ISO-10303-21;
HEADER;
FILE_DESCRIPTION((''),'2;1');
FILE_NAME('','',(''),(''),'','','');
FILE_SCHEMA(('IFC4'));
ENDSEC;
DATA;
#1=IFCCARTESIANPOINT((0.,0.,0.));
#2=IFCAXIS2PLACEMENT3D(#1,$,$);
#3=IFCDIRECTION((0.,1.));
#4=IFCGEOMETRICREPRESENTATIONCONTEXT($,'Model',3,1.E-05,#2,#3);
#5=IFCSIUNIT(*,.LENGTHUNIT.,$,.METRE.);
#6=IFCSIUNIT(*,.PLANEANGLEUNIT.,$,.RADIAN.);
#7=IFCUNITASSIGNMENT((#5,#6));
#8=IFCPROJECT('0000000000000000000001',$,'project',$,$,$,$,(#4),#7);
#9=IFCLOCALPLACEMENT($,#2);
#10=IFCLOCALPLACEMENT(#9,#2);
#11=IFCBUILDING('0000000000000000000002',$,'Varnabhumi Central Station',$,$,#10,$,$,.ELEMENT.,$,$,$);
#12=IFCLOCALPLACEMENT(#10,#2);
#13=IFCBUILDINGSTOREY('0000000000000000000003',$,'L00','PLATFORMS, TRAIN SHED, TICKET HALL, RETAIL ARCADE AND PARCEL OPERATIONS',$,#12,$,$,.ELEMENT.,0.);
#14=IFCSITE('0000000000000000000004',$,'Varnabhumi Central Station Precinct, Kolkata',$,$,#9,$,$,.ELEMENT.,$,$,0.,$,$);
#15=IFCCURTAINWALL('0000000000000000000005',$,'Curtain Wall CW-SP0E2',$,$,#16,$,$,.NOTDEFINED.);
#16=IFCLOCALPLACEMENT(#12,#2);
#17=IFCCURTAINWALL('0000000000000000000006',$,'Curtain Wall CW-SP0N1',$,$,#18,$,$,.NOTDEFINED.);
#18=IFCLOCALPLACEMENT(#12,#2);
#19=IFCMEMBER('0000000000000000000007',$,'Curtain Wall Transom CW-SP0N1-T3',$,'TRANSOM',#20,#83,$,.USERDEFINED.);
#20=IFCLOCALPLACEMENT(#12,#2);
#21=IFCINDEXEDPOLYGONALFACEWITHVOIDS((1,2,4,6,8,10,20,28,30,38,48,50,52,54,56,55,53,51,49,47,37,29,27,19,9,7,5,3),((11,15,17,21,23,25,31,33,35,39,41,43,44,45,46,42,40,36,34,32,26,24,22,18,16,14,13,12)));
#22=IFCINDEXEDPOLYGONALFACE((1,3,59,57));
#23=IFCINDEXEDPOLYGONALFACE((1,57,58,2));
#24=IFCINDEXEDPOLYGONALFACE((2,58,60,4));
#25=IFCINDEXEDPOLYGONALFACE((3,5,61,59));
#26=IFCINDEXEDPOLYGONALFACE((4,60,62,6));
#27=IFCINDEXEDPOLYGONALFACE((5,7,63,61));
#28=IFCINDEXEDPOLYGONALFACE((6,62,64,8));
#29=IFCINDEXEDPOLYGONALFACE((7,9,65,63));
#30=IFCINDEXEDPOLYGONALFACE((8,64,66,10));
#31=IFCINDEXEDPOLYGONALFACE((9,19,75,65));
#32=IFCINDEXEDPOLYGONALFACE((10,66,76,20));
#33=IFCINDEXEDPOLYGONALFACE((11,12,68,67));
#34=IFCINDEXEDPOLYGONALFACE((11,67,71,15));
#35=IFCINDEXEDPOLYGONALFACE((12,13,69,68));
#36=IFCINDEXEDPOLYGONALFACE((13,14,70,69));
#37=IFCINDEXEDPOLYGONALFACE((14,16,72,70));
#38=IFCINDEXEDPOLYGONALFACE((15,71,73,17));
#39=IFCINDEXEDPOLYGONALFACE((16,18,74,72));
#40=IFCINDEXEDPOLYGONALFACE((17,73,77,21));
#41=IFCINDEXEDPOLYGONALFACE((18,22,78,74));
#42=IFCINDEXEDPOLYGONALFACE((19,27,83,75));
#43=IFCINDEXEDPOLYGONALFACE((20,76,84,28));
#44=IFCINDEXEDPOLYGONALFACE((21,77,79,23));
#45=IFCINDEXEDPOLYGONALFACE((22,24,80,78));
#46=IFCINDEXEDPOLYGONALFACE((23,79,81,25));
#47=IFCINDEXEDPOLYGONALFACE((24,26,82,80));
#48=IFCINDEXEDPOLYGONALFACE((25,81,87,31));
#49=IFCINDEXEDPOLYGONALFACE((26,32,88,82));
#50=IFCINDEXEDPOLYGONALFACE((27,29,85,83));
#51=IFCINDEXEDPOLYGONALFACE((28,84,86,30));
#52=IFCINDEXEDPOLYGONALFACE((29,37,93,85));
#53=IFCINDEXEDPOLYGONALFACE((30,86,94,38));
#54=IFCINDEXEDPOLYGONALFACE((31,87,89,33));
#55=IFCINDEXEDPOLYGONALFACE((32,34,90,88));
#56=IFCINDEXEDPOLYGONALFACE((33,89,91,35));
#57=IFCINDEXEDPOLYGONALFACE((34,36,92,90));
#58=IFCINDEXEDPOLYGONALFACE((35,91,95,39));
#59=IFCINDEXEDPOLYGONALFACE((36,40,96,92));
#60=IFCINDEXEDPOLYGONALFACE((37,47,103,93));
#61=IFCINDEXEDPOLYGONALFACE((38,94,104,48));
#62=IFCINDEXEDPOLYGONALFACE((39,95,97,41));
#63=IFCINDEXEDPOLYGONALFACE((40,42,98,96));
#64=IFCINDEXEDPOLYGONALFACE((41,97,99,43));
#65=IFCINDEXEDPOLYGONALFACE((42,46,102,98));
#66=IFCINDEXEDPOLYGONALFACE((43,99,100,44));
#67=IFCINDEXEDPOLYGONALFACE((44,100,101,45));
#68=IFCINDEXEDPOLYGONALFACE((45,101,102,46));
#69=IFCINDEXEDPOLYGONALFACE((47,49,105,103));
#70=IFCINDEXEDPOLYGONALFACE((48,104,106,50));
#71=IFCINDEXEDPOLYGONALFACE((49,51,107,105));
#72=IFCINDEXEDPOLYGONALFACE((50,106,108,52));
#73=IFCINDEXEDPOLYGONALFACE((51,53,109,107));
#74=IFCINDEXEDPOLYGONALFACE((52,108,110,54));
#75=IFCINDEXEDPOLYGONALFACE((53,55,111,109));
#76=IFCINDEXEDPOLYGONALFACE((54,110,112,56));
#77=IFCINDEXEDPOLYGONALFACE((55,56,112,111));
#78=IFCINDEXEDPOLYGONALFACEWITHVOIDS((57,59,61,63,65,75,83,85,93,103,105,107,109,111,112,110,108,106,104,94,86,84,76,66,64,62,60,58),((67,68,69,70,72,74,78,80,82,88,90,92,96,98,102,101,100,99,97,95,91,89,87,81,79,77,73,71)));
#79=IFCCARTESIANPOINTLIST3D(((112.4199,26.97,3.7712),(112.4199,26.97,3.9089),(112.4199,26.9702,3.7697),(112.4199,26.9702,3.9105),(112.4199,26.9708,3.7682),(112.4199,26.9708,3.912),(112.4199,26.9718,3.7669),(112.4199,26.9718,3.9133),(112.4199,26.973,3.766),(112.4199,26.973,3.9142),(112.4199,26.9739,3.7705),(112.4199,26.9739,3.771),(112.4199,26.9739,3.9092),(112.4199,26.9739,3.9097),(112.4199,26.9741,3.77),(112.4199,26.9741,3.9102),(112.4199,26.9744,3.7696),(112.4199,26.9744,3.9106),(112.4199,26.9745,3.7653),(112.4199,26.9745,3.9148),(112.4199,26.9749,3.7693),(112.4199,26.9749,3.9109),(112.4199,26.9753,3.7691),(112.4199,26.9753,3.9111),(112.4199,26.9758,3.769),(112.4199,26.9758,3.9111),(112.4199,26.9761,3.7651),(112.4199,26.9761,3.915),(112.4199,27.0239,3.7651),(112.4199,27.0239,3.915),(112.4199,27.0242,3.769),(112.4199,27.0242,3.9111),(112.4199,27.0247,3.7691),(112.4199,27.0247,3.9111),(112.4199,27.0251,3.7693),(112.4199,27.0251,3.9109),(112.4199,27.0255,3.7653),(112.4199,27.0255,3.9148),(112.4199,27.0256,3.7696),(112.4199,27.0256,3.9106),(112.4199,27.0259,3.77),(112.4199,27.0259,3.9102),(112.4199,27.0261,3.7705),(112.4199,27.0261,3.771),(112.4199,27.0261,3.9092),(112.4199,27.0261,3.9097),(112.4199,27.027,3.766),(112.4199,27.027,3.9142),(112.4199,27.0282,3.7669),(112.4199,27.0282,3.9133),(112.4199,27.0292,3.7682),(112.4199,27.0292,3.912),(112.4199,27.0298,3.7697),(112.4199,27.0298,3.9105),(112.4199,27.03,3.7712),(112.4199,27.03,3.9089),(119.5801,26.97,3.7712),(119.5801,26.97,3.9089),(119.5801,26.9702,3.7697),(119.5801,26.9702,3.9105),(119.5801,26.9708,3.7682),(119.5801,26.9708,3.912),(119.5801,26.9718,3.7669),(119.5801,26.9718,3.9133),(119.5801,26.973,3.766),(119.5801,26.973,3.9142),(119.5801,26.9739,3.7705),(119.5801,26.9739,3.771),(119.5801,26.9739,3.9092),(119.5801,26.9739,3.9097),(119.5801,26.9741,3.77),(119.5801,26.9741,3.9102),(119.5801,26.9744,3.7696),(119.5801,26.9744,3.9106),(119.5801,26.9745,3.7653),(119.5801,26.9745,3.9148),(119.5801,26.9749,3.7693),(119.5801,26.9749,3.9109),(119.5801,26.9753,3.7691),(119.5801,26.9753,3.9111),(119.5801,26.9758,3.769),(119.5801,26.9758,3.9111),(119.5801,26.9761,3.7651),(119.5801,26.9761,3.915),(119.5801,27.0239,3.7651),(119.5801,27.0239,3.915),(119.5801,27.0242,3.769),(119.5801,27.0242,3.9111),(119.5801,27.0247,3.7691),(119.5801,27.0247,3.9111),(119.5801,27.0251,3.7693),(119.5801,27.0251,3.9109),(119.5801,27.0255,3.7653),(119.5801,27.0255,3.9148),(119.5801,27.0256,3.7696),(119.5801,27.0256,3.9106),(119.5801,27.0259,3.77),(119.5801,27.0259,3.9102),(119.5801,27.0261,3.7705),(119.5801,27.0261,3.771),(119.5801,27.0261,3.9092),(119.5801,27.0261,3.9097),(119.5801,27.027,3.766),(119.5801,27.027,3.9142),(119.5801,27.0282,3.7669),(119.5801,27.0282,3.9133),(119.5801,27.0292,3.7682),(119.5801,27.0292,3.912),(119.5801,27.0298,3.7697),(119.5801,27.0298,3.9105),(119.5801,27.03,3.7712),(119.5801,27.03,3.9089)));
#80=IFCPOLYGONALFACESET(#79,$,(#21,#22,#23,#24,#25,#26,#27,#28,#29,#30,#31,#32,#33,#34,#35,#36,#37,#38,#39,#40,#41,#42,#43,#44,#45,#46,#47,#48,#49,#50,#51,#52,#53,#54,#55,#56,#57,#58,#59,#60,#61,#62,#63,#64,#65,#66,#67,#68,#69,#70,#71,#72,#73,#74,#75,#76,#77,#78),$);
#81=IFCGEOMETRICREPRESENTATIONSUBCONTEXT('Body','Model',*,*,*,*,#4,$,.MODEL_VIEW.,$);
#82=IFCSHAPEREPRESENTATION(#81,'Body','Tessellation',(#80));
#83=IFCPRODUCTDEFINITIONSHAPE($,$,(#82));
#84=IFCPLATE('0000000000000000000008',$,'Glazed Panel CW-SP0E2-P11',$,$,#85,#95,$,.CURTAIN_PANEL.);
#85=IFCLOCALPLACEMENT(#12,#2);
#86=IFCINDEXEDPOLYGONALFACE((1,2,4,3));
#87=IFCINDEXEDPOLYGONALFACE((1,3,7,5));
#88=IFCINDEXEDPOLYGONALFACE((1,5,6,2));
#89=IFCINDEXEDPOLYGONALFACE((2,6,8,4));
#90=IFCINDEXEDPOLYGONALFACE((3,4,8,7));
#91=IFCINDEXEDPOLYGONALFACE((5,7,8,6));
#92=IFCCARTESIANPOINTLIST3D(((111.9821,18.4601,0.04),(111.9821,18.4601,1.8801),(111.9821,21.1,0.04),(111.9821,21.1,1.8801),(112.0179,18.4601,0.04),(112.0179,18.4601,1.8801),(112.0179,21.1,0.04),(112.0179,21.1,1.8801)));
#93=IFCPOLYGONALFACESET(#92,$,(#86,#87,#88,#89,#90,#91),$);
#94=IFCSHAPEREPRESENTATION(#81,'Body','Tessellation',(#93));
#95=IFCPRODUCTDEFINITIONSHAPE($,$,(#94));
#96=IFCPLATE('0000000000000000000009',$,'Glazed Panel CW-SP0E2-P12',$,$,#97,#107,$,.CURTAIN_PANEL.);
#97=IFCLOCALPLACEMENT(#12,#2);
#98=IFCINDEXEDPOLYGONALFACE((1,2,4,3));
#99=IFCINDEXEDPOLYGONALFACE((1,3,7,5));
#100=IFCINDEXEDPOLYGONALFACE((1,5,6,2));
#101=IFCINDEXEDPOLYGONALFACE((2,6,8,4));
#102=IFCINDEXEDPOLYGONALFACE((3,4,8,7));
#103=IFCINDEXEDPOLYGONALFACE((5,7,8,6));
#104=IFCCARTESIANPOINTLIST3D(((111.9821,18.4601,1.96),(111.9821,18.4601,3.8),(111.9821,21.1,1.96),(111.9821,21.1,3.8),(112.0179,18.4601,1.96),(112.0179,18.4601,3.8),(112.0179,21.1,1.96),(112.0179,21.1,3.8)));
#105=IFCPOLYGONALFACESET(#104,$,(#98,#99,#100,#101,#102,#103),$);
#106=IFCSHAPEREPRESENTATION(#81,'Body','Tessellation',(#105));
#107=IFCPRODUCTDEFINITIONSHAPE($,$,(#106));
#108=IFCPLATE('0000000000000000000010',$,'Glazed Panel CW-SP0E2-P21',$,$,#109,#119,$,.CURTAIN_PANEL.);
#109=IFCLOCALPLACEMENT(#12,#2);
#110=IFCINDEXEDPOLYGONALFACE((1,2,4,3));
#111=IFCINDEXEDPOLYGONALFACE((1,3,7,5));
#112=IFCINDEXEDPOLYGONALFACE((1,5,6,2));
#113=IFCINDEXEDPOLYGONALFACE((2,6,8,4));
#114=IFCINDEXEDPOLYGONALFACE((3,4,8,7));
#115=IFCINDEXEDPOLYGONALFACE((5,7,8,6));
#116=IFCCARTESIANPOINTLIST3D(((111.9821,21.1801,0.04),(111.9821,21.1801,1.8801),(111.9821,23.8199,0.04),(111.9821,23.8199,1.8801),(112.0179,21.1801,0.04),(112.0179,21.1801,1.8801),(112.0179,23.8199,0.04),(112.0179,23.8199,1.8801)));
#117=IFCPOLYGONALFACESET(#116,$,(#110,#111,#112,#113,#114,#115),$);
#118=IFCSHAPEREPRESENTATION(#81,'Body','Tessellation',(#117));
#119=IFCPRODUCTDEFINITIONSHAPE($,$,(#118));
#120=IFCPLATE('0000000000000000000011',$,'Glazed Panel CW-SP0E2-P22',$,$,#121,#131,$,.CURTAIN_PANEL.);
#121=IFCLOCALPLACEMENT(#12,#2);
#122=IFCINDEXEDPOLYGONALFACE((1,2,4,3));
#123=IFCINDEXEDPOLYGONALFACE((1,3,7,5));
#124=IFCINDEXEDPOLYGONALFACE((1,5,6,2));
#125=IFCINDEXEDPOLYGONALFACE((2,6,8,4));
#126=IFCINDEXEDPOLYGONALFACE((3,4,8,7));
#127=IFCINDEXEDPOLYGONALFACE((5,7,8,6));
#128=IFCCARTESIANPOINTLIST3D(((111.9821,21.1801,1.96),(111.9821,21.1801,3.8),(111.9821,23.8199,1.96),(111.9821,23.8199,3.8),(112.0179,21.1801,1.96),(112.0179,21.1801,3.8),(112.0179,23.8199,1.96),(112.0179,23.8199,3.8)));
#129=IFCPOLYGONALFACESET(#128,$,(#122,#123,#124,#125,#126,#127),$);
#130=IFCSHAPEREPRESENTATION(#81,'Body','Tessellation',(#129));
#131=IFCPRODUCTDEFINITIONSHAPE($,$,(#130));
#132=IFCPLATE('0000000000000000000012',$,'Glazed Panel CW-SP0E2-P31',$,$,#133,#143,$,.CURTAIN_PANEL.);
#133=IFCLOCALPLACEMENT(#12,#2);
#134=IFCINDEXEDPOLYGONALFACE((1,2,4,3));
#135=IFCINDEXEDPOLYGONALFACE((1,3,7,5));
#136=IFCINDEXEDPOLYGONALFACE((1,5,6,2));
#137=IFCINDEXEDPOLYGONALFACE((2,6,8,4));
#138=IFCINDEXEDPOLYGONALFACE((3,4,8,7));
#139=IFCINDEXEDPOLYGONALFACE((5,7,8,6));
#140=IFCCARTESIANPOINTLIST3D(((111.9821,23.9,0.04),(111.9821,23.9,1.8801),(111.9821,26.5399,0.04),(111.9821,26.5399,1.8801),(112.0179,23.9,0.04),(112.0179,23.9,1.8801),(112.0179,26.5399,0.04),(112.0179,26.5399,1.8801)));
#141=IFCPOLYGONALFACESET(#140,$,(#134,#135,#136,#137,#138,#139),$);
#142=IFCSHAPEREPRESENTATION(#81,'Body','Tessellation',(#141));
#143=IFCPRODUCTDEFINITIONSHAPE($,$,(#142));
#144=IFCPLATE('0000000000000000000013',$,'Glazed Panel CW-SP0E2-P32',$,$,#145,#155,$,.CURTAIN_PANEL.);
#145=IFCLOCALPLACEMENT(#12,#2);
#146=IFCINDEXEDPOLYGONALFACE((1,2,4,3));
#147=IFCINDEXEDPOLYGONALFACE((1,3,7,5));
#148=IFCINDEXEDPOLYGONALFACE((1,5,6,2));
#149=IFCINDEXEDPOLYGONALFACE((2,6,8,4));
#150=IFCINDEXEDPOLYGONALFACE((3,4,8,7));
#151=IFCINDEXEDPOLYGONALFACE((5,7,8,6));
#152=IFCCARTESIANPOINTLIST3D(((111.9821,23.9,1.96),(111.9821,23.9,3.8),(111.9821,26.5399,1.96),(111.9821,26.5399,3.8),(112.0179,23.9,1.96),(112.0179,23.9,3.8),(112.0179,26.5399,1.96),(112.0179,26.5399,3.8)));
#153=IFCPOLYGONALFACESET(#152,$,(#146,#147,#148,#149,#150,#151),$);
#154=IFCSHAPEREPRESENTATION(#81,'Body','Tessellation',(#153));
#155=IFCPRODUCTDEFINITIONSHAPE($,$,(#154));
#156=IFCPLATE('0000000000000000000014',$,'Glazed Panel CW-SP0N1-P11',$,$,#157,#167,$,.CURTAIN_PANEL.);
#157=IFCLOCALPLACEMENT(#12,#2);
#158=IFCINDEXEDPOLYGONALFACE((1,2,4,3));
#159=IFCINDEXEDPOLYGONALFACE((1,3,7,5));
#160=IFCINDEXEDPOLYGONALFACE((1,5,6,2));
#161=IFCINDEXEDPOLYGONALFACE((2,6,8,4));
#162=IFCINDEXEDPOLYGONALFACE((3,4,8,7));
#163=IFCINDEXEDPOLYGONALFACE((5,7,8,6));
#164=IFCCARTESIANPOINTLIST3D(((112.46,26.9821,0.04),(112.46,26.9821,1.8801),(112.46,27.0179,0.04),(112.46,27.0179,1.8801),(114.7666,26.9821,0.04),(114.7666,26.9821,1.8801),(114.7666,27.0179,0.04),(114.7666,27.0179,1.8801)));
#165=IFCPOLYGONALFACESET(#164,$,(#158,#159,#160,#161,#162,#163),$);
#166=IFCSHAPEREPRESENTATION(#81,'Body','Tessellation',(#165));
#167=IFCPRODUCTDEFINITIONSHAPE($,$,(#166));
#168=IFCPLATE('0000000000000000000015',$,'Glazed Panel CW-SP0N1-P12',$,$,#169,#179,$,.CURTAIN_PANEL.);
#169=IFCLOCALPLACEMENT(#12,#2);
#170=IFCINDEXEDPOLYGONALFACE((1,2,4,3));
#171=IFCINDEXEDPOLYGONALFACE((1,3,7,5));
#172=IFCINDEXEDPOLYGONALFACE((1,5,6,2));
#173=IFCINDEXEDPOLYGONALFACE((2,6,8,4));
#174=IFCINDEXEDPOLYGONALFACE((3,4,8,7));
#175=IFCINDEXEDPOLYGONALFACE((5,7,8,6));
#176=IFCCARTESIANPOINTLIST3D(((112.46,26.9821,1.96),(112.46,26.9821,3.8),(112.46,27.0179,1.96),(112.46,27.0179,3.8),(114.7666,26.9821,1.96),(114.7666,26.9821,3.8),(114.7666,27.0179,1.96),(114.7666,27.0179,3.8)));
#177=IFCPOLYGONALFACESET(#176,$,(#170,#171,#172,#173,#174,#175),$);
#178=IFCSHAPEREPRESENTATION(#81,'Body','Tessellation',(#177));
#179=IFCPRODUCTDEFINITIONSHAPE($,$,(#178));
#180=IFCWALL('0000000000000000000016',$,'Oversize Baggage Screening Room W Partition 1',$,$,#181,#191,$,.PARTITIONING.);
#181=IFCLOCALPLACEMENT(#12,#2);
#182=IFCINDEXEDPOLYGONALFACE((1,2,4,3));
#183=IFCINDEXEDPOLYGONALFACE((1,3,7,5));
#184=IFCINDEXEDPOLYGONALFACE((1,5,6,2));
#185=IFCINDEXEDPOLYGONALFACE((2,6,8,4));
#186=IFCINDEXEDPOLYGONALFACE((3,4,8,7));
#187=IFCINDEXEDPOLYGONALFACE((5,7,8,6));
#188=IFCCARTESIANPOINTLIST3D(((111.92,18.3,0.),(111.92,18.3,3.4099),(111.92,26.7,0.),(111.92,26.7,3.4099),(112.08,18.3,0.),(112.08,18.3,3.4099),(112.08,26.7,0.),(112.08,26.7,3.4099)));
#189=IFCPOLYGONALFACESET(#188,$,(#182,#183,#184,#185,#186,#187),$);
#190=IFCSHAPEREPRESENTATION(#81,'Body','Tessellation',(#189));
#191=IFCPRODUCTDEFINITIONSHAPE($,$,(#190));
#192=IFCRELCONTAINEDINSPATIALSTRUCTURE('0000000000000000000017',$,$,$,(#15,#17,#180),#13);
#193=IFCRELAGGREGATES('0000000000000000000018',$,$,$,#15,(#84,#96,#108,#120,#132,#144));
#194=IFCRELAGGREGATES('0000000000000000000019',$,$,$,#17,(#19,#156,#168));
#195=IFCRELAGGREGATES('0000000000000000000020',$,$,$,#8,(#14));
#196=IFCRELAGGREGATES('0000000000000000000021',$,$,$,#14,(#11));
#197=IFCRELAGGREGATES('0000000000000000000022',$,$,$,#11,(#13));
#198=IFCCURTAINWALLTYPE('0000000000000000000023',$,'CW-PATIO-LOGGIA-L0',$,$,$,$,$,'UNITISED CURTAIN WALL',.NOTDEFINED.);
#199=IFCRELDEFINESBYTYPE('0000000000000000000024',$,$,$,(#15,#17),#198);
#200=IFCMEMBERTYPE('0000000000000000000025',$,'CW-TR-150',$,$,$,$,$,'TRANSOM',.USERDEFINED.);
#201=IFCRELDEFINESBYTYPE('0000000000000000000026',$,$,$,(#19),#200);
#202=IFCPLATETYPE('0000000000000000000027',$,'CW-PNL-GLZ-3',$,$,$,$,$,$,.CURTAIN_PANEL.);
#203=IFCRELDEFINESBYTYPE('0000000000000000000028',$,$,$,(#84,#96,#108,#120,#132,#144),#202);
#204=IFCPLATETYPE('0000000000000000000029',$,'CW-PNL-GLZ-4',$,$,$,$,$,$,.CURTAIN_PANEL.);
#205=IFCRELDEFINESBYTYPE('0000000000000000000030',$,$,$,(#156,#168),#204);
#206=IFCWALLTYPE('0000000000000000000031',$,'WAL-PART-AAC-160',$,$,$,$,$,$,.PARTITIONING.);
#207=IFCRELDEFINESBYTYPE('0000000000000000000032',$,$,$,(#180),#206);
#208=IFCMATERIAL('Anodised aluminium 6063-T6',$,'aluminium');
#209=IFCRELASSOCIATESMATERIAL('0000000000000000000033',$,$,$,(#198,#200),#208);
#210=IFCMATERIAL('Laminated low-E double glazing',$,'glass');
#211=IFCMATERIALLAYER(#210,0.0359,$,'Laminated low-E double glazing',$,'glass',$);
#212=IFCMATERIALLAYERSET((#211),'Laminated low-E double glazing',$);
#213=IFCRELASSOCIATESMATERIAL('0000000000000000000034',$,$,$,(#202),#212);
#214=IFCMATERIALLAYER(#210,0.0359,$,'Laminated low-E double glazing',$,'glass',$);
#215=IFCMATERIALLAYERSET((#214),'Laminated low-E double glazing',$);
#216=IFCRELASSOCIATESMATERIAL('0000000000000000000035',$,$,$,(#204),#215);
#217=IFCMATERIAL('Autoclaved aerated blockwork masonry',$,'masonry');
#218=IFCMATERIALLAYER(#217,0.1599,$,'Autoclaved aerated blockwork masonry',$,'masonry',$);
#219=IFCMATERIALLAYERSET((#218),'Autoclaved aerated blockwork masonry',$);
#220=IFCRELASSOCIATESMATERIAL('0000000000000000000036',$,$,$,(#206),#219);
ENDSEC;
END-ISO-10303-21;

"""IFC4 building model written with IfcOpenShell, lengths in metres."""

from ifc_helpers import new_model, si_unit, direction, frame, frame_2d, origin, origin_2d, place, context, subcontext, project, spatial, rectangle, hollow_rectangle, extrude, material, layer, layer_set, material_profile, profile_set, type_object, element, aggregate, save


model = new_model("IFC4")

# Units and contexts
model_context = context("Model", 3, precision=1e-05, world=origin(), true_north=direction((0.0, 1.0)))
body_context = subcontext(model_context, "Body", "Model", "MODEL_VIEW")
ifc_project = project(units=[si_unit("LENGTHUNIT", "METRE"), si_unit("PLANEANGLEUNIT", "RADIAN")], contexts=[model_context])

# Site, building, storey
site_placement = place(None, origin())
site = spatial("IfcSite", under=ifc_project, at=site_placement, Name="Varnabhumi Central Station Precinct, Kolkata", CompositionType="ELEMENT", RefElevation=0.0)
building_placement = place(site_placement, origin())
building = spatial("IfcBuilding", under=site, at=building_placement, Name="Varnabhumi Central Station", CompositionType="ELEMENT")
storey_placement = place(building_placement, origin())
storey = spatial("IfcBuildingStorey", under=building, at=storey_placement, Name="L00", Description="PLATFORMS, TRAIN SHED, TICKET HALL, RETAIL ARCADE AND PARCEL OPERATIONS", CompositionType="ELEMENT", Elevation=0.0)

# Curtain wall
ifc_material_1 = material(Name="Anodised aluminium 6063-T6", Category="aluminium")
curtain_wall_type = type_object("IfcCurtainWallType", Name="CW-PATIO-LOGGIA-L0", ElementType="UNITISED CURTAIN WALL", PredefinedType="NOTDEFINED", material=ifc_material_1)
curtain_wall_1_placement = place(storey_placement, origin())
curtain_wall_1 = element("IfcCurtainWall", 1, at=curtain_wall_1_placement, inside=storey, type_object=curtain_wall_type, Name="Curtain Wall CW-SP0E2", PredefinedType="NOTDEFINED")

# Curtain wall
curtain_wall_2_placement = place(storey_placement, origin())
curtain_wall_2 = element("IfcCurtainWall", 2, at=curtain_wall_2_placement, inside=storey, type_object=curtain_wall_type, Name="Curtain Wall CW-SP0N1", PredefinedType="NOTDEFINED")

# Member
ifc_material_profile_1 = material_profile(ifc_material_1, hollow_rectangle(XDim=0.0601, YDim=0.1499, WallThickness=0.0039, InnerFilletRadius=0.002, OuterFilletRadius=0.0061, at=origin_2d()), Name="Anodised aluminium 6063-T6", Category="aluminium")
ifc_profile_set_1 = profile_set([ifc_material_profile_1], Name="Anodised aluminium 6063-T6")
member_type_1 = type_object("IfcMemberType", Name="CW-TR-150", ElementType="TRANSOM", PredefinedType="USERDEFINED", material=ifc_profile_set_1)
member_1_placement = place(storey_placement, frame((112.4199, 27.0, 3.8401), z_axis=(1.0, 0.0, 0.0), x_axis=(0.0, 1.0, 0.0)))
member_1 = element("IfcMember", 3, at=member_1_placement, type_object=member_type_1, Name="Curtain Wall Transom CW-SP0N1-T3", ObjectType="TRANSOM", PredefinedType="USERDEFINED", context=body_context, shape_type="SweptSolid", body=[
    extrude(hollow_rectangle(XDim=0.0601, YDim=0.1499, WallThickness=0.0039, InnerFilletRadius=0.002, OuterFilletRadius=0.0061, at=origin_2d()), origin(), (0.0, 0.0, 1.0), 7.1602),
])

# Plates
ifc_material_2 = material(Name="Laminated low-E double glazing", Category="glass")
ifc_layer_1 = layer(ifc_material_2, 0.0359, Name="Laminated low-E double glazing", Category="glass")
ifc_layer_set_1 = layer_set([ifc_layer_1], Name="Laminated low-E double glazing")
plate_type_1 = type_object("IfcPlateType", Name="CW-PNL-GLZ-3", PredefinedType="CURTAIN_PANEL", material=ifc_layer_set_1)
plate_1_placement = place(storey_placement, frame((112.0, 19.78, 0.04), z_axis=(0.0, 0.0, 1.0), x_axis=(0.0, 1.0, 0.0)))
plate_1 = element("IfcPlate", 4, at=plate_1_placement, type_object=plate_type_1, Name="Glazed Panel CW-SP0E2-P11", PredefinedType="CURTAIN_PANEL", context=body_context, shape_type="SweptSolid", body=[
    extrude(rectangle(XDim=2.6399, YDim=0.0359, at=origin_2d()), origin(), (0.0, 0.0, 1.0), 1.8401),
])
plate_2_placement = place(storey_placement, frame((112.0, 19.78, 1.96), z_axis=(0.0, 0.0, 1.0), x_axis=(0.0, 1.0, 0.0)))
plate_2 = element("IfcPlate", 5, at=plate_2_placement, type_object=plate_type_1, Name="Glazed Panel CW-SP0E2-P12", PredefinedType="CURTAIN_PANEL", context=body_context, shape_type="SweptSolid", body=[
    extrude(rectangle(XDim=2.6399, YDim=0.0359, at=origin_2d()), origin(), (0.0, 0.0, 1.0), 1.8401),
])
plate_3_placement = place(storey_placement, frame((112.0, 22.5, 0.04), z_axis=(0.0, 0.0, 1.0), x_axis=(0.0, 1.0, 0.0)))
plate_3 = element("IfcPlate", 6, at=plate_3_placement, type_object=plate_type_1, Name="Glazed Panel CW-SP0E2-P21", PredefinedType="CURTAIN_PANEL", context=body_context, shape_type="SweptSolid", body=[
    extrude(rectangle(XDim=2.6399, YDim=0.0359, at=origin_2d()), origin(), (0.0, 0.0, 1.0), 1.8401),
])
plate_4_placement = place(storey_placement, frame((112.0, 22.5, 1.96), z_axis=(0.0, 0.0, 1.0), x_axis=(0.0, 1.0, 0.0)))
plate_4 = element("IfcPlate", 7, at=plate_4_placement, type_object=plate_type_1, Name="Glazed Panel CW-SP0E2-P22", PredefinedType="CURTAIN_PANEL", context=body_context, shape_type="SweptSolid", body=[
    extrude(rectangle(XDim=2.6399, YDim=0.0359, at=origin_2d()), origin(), (0.0, 0.0, 1.0), 1.8401),
])
plate_5_placement = place(storey_placement, frame((112.0, 25.22, 0.04), z_axis=(0.0, 0.0, 1.0), x_axis=(0.0, 1.0, 0.0)))
plate_5 = element("IfcPlate", 8, at=plate_5_placement, type_object=plate_type_1, Name="Glazed Panel CW-SP0E2-P31", PredefinedType="CURTAIN_PANEL", context=body_context, shape_type="SweptSolid", body=[
    extrude(rectangle(XDim=2.6399, YDim=0.0359, at=origin_2d()), origin(), (0.0, 0.0, 1.0), 1.8401),
])
plate_6_placement = place(storey_placement, frame((112.0, 25.22, 1.96), z_axis=(0.0, 0.0, 1.0), x_axis=(0.0, 1.0, 0.0)))
plate_6 = element("IfcPlate", 9, at=plate_6_placement, type_object=plate_type_1, Name="Glazed Panel CW-SP0E2-P32", PredefinedType="CURTAIN_PANEL", context=body_context, shape_type="SweptSolid", body=[
    extrude(rectangle(XDim=2.6399, YDim=0.0359, at=origin_2d()), origin(), (0.0, 0.0, 1.0), 1.8401),
])
aggregate(curtain_wall_1, [plate_1, plate_2, plate_3, plate_4, plate_5, plate_6])
ifc_layer_2 = layer(ifc_material_2, 0.0359, Name="Laminated low-E double glazing", Category="glass")
ifc_layer_set_2 = layer_set([ifc_layer_2], Name="Laminated low-E double glazing")
plate_type_2 = type_object("IfcPlateType", Name="CW-PNL-GLZ-4", PredefinedType="CURTAIN_PANEL", material=ifc_layer_set_2)
plate_7_placement = place(storey_placement, frame((113.6133, 27.0, 0.04), z_axis=(0.0, 0.0, 1.0), x_axis=(1.0, 0.0, 0.0)))
plate_7 = element("IfcPlate", 10, at=plate_7_placement, type_object=plate_type_2, Name="Glazed Panel CW-SP0N1-P11", PredefinedType="CURTAIN_PANEL", context=body_context, shape_type="SweptSolid", body=[
    extrude(rectangle(XDim=2.3066, YDim=0.0359, at=origin_2d()), origin(), (0.0, 0.0, 1.0), 1.8401),
])
plate_8_placement = place(storey_placement, frame((113.6133, 27.0, 1.96), z_axis=(0.0, 0.0, 1.0), x_axis=(1.0, 0.0, 0.0)))
plate_8 = element("IfcPlate", 11, at=plate_8_placement, type_object=plate_type_2, Name="Glazed Panel CW-SP0N1-P12", PredefinedType="CURTAIN_PANEL", context=body_context, shape_type="SweptSolid", body=[
    extrude(rectangle(XDim=2.3066, YDim=0.0359, at=origin_2d()), origin(), (0.0, 0.0, 1.0), 1.8401),
])
aggregate(curtain_wall_2, [member_1, plate_7, plate_8])

# Wall
ifc_material_3 = material(Name="Autoclaved aerated blockwork masonry", Category="masonry")
ifc_layer_3 = layer(ifc_material_3, 0.1599, Name="Autoclaved aerated blockwork masonry", Category="masonry")
ifc_layer_set_3 = layer_set([ifc_layer_3], Name="Autoclaved aerated blockwork masonry")
wall_type = type_object("IfcWallType", Name="WAL-PART-AAC-160", PredefinedType="PARTITIONING", material=ifc_layer_set_3)
wall_placement = place(storey_placement, frame((112.0, 18.3, 0.0), z_axis=(0.0, 0.0, 1.0), x_axis=(0.0, 1.0, 0.0)))
element("IfcWall", 12, at=wall_placement, inside=storey, type_object=wall_type, Name="Oversize Baggage Screening Room W Partition 1", PredefinedType="PARTITIONING", context=body_context, shape_type="SweptSolid", body=[
    extrude(rectangle(XDim=8.3999, YDim=0.1599, at=frame_2d((4.2, 0.0))), origin(), (0.0, 0.0, 1.0), 3.4099),
])

save(model, "model.ifc")
